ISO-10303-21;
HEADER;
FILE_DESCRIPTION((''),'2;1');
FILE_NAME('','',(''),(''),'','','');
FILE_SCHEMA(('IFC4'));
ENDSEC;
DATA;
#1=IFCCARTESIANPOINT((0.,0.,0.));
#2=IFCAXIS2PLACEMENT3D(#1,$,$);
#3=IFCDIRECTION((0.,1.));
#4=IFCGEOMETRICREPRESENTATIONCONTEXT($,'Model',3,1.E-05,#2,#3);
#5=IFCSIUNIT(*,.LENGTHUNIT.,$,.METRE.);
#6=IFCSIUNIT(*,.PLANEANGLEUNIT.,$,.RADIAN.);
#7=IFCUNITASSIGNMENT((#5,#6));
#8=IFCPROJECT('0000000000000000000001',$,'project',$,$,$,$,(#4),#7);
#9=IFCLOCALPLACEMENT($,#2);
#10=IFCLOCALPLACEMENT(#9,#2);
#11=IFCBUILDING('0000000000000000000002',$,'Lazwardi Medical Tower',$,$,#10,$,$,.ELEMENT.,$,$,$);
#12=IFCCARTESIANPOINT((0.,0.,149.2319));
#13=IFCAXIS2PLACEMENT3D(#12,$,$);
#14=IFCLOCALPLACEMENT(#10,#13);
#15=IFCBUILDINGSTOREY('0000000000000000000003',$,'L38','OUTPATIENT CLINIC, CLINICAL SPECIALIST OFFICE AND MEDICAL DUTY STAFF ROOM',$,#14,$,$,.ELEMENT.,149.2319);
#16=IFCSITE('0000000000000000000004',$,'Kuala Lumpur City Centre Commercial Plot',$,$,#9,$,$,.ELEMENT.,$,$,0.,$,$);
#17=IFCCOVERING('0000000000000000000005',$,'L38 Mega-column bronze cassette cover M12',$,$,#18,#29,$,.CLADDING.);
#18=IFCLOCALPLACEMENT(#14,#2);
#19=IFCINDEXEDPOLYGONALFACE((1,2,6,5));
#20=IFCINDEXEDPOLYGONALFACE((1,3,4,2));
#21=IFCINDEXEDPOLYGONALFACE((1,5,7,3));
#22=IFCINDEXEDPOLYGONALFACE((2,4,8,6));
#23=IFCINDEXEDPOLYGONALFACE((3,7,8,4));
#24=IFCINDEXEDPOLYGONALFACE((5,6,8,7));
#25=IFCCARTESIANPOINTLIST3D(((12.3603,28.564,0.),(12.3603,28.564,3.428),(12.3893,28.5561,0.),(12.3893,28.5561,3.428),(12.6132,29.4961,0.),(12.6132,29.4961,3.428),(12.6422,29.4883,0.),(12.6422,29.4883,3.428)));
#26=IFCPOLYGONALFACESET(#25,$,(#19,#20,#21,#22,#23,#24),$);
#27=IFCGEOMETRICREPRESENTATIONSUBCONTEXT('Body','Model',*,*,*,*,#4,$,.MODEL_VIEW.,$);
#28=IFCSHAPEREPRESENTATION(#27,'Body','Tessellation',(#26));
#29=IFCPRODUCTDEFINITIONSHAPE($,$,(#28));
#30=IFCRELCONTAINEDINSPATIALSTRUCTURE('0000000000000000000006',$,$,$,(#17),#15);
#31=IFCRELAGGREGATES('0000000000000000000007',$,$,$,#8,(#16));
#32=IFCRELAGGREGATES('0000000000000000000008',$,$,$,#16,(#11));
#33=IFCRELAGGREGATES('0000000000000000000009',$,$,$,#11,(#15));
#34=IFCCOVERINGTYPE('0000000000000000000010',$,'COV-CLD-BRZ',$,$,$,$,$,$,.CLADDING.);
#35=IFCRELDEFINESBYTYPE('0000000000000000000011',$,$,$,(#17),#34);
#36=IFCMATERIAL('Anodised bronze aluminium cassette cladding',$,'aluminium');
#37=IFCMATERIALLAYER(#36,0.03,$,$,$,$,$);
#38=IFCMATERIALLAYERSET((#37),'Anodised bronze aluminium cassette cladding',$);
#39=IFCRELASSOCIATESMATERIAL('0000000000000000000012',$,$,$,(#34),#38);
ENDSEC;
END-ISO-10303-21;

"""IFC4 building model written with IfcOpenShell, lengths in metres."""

from ifc_helpers import new_model, si_unit, direction, frame, origin, origin_2d, place, context, subcontext, project, spatial, rectangle, extrude, material, layer, layer_set, type_object, element, save


model = new_model("IFC4")

# Units and contexts
model_context = context("Model", 3, precision=1e-05, world=origin(), true_north=direction((0.0, 1.0)))
body_context = subcontext(model_context, "Body", "Model", "MODEL_VIEW")
ifc_project = project(units=[si_unit("LENGTHUNIT", "METRE"), si_unit("PLANEANGLEUNIT", "RADIAN")], contexts=[model_context])

# Site, building, storey
site_placement = place(None, origin())
site = spatial("IfcSite", under=ifc_project, at=site_placement, Name="Kuala Lumpur City Centre Commercial Plot", CompositionType="ELEMENT", RefElevation=0.0)
building_placement = place(site_placement, origin())
building = spatial("IfcBuilding", under=site, at=building_placement, Name="Lazwardi Medical Tower", CompositionType="ELEMENT")
storey_placement = place(building_placement, frame((0.0, 0.0, 149.2319)))
storey = spatial("IfcBuildingStorey", under=building, at=storey_placement, Name="L38", Description="OUTPATIENT CLINIC, CLINICAL SPECIALIST OFFICE AND MEDICAL DUTY STAFF ROOM", CompositionType="ELEMENT", Elevation=149.2319)

# Covering
ifc_material_1 = material(Name="Anodised bronze aluminium cassette cladding", Category="aluminium")
ifc_layer_1 = layer(ifc_material_1, 0.03)
ifc_layer_set_1 = layer_set([ifc_layer_1], Name="Anodised bronze aluminium cassette cladding")
covering_type = type_object("IfcCoveringType", Name="COV-CLD-BRZ", PredefinedType="CLADDING", material=ifc_layer_set_1)
covering_placement = place(storey_placement, frame((12.5012, 29.0261, 0.0), z_axis=(0.0, 0.0, 1.0), x_axis=(-0.261829, -0.965114, 0.0)))
element("IfcCovering", 1, at=covering_placement, inside=storey, type_object=covering_type, Name="L38 Mega-column bronze cassette cover M12", PredefinedType="CLADDING", context=body_context, shape_type="SweptSolid", body=[
    extrude(rectangle(XDim=0.9658, YDim=0.03, at=origin_2d()), origin(), (0.0, 0.0, 1.0), 3.428),
])

save(model, "model.ifc")
